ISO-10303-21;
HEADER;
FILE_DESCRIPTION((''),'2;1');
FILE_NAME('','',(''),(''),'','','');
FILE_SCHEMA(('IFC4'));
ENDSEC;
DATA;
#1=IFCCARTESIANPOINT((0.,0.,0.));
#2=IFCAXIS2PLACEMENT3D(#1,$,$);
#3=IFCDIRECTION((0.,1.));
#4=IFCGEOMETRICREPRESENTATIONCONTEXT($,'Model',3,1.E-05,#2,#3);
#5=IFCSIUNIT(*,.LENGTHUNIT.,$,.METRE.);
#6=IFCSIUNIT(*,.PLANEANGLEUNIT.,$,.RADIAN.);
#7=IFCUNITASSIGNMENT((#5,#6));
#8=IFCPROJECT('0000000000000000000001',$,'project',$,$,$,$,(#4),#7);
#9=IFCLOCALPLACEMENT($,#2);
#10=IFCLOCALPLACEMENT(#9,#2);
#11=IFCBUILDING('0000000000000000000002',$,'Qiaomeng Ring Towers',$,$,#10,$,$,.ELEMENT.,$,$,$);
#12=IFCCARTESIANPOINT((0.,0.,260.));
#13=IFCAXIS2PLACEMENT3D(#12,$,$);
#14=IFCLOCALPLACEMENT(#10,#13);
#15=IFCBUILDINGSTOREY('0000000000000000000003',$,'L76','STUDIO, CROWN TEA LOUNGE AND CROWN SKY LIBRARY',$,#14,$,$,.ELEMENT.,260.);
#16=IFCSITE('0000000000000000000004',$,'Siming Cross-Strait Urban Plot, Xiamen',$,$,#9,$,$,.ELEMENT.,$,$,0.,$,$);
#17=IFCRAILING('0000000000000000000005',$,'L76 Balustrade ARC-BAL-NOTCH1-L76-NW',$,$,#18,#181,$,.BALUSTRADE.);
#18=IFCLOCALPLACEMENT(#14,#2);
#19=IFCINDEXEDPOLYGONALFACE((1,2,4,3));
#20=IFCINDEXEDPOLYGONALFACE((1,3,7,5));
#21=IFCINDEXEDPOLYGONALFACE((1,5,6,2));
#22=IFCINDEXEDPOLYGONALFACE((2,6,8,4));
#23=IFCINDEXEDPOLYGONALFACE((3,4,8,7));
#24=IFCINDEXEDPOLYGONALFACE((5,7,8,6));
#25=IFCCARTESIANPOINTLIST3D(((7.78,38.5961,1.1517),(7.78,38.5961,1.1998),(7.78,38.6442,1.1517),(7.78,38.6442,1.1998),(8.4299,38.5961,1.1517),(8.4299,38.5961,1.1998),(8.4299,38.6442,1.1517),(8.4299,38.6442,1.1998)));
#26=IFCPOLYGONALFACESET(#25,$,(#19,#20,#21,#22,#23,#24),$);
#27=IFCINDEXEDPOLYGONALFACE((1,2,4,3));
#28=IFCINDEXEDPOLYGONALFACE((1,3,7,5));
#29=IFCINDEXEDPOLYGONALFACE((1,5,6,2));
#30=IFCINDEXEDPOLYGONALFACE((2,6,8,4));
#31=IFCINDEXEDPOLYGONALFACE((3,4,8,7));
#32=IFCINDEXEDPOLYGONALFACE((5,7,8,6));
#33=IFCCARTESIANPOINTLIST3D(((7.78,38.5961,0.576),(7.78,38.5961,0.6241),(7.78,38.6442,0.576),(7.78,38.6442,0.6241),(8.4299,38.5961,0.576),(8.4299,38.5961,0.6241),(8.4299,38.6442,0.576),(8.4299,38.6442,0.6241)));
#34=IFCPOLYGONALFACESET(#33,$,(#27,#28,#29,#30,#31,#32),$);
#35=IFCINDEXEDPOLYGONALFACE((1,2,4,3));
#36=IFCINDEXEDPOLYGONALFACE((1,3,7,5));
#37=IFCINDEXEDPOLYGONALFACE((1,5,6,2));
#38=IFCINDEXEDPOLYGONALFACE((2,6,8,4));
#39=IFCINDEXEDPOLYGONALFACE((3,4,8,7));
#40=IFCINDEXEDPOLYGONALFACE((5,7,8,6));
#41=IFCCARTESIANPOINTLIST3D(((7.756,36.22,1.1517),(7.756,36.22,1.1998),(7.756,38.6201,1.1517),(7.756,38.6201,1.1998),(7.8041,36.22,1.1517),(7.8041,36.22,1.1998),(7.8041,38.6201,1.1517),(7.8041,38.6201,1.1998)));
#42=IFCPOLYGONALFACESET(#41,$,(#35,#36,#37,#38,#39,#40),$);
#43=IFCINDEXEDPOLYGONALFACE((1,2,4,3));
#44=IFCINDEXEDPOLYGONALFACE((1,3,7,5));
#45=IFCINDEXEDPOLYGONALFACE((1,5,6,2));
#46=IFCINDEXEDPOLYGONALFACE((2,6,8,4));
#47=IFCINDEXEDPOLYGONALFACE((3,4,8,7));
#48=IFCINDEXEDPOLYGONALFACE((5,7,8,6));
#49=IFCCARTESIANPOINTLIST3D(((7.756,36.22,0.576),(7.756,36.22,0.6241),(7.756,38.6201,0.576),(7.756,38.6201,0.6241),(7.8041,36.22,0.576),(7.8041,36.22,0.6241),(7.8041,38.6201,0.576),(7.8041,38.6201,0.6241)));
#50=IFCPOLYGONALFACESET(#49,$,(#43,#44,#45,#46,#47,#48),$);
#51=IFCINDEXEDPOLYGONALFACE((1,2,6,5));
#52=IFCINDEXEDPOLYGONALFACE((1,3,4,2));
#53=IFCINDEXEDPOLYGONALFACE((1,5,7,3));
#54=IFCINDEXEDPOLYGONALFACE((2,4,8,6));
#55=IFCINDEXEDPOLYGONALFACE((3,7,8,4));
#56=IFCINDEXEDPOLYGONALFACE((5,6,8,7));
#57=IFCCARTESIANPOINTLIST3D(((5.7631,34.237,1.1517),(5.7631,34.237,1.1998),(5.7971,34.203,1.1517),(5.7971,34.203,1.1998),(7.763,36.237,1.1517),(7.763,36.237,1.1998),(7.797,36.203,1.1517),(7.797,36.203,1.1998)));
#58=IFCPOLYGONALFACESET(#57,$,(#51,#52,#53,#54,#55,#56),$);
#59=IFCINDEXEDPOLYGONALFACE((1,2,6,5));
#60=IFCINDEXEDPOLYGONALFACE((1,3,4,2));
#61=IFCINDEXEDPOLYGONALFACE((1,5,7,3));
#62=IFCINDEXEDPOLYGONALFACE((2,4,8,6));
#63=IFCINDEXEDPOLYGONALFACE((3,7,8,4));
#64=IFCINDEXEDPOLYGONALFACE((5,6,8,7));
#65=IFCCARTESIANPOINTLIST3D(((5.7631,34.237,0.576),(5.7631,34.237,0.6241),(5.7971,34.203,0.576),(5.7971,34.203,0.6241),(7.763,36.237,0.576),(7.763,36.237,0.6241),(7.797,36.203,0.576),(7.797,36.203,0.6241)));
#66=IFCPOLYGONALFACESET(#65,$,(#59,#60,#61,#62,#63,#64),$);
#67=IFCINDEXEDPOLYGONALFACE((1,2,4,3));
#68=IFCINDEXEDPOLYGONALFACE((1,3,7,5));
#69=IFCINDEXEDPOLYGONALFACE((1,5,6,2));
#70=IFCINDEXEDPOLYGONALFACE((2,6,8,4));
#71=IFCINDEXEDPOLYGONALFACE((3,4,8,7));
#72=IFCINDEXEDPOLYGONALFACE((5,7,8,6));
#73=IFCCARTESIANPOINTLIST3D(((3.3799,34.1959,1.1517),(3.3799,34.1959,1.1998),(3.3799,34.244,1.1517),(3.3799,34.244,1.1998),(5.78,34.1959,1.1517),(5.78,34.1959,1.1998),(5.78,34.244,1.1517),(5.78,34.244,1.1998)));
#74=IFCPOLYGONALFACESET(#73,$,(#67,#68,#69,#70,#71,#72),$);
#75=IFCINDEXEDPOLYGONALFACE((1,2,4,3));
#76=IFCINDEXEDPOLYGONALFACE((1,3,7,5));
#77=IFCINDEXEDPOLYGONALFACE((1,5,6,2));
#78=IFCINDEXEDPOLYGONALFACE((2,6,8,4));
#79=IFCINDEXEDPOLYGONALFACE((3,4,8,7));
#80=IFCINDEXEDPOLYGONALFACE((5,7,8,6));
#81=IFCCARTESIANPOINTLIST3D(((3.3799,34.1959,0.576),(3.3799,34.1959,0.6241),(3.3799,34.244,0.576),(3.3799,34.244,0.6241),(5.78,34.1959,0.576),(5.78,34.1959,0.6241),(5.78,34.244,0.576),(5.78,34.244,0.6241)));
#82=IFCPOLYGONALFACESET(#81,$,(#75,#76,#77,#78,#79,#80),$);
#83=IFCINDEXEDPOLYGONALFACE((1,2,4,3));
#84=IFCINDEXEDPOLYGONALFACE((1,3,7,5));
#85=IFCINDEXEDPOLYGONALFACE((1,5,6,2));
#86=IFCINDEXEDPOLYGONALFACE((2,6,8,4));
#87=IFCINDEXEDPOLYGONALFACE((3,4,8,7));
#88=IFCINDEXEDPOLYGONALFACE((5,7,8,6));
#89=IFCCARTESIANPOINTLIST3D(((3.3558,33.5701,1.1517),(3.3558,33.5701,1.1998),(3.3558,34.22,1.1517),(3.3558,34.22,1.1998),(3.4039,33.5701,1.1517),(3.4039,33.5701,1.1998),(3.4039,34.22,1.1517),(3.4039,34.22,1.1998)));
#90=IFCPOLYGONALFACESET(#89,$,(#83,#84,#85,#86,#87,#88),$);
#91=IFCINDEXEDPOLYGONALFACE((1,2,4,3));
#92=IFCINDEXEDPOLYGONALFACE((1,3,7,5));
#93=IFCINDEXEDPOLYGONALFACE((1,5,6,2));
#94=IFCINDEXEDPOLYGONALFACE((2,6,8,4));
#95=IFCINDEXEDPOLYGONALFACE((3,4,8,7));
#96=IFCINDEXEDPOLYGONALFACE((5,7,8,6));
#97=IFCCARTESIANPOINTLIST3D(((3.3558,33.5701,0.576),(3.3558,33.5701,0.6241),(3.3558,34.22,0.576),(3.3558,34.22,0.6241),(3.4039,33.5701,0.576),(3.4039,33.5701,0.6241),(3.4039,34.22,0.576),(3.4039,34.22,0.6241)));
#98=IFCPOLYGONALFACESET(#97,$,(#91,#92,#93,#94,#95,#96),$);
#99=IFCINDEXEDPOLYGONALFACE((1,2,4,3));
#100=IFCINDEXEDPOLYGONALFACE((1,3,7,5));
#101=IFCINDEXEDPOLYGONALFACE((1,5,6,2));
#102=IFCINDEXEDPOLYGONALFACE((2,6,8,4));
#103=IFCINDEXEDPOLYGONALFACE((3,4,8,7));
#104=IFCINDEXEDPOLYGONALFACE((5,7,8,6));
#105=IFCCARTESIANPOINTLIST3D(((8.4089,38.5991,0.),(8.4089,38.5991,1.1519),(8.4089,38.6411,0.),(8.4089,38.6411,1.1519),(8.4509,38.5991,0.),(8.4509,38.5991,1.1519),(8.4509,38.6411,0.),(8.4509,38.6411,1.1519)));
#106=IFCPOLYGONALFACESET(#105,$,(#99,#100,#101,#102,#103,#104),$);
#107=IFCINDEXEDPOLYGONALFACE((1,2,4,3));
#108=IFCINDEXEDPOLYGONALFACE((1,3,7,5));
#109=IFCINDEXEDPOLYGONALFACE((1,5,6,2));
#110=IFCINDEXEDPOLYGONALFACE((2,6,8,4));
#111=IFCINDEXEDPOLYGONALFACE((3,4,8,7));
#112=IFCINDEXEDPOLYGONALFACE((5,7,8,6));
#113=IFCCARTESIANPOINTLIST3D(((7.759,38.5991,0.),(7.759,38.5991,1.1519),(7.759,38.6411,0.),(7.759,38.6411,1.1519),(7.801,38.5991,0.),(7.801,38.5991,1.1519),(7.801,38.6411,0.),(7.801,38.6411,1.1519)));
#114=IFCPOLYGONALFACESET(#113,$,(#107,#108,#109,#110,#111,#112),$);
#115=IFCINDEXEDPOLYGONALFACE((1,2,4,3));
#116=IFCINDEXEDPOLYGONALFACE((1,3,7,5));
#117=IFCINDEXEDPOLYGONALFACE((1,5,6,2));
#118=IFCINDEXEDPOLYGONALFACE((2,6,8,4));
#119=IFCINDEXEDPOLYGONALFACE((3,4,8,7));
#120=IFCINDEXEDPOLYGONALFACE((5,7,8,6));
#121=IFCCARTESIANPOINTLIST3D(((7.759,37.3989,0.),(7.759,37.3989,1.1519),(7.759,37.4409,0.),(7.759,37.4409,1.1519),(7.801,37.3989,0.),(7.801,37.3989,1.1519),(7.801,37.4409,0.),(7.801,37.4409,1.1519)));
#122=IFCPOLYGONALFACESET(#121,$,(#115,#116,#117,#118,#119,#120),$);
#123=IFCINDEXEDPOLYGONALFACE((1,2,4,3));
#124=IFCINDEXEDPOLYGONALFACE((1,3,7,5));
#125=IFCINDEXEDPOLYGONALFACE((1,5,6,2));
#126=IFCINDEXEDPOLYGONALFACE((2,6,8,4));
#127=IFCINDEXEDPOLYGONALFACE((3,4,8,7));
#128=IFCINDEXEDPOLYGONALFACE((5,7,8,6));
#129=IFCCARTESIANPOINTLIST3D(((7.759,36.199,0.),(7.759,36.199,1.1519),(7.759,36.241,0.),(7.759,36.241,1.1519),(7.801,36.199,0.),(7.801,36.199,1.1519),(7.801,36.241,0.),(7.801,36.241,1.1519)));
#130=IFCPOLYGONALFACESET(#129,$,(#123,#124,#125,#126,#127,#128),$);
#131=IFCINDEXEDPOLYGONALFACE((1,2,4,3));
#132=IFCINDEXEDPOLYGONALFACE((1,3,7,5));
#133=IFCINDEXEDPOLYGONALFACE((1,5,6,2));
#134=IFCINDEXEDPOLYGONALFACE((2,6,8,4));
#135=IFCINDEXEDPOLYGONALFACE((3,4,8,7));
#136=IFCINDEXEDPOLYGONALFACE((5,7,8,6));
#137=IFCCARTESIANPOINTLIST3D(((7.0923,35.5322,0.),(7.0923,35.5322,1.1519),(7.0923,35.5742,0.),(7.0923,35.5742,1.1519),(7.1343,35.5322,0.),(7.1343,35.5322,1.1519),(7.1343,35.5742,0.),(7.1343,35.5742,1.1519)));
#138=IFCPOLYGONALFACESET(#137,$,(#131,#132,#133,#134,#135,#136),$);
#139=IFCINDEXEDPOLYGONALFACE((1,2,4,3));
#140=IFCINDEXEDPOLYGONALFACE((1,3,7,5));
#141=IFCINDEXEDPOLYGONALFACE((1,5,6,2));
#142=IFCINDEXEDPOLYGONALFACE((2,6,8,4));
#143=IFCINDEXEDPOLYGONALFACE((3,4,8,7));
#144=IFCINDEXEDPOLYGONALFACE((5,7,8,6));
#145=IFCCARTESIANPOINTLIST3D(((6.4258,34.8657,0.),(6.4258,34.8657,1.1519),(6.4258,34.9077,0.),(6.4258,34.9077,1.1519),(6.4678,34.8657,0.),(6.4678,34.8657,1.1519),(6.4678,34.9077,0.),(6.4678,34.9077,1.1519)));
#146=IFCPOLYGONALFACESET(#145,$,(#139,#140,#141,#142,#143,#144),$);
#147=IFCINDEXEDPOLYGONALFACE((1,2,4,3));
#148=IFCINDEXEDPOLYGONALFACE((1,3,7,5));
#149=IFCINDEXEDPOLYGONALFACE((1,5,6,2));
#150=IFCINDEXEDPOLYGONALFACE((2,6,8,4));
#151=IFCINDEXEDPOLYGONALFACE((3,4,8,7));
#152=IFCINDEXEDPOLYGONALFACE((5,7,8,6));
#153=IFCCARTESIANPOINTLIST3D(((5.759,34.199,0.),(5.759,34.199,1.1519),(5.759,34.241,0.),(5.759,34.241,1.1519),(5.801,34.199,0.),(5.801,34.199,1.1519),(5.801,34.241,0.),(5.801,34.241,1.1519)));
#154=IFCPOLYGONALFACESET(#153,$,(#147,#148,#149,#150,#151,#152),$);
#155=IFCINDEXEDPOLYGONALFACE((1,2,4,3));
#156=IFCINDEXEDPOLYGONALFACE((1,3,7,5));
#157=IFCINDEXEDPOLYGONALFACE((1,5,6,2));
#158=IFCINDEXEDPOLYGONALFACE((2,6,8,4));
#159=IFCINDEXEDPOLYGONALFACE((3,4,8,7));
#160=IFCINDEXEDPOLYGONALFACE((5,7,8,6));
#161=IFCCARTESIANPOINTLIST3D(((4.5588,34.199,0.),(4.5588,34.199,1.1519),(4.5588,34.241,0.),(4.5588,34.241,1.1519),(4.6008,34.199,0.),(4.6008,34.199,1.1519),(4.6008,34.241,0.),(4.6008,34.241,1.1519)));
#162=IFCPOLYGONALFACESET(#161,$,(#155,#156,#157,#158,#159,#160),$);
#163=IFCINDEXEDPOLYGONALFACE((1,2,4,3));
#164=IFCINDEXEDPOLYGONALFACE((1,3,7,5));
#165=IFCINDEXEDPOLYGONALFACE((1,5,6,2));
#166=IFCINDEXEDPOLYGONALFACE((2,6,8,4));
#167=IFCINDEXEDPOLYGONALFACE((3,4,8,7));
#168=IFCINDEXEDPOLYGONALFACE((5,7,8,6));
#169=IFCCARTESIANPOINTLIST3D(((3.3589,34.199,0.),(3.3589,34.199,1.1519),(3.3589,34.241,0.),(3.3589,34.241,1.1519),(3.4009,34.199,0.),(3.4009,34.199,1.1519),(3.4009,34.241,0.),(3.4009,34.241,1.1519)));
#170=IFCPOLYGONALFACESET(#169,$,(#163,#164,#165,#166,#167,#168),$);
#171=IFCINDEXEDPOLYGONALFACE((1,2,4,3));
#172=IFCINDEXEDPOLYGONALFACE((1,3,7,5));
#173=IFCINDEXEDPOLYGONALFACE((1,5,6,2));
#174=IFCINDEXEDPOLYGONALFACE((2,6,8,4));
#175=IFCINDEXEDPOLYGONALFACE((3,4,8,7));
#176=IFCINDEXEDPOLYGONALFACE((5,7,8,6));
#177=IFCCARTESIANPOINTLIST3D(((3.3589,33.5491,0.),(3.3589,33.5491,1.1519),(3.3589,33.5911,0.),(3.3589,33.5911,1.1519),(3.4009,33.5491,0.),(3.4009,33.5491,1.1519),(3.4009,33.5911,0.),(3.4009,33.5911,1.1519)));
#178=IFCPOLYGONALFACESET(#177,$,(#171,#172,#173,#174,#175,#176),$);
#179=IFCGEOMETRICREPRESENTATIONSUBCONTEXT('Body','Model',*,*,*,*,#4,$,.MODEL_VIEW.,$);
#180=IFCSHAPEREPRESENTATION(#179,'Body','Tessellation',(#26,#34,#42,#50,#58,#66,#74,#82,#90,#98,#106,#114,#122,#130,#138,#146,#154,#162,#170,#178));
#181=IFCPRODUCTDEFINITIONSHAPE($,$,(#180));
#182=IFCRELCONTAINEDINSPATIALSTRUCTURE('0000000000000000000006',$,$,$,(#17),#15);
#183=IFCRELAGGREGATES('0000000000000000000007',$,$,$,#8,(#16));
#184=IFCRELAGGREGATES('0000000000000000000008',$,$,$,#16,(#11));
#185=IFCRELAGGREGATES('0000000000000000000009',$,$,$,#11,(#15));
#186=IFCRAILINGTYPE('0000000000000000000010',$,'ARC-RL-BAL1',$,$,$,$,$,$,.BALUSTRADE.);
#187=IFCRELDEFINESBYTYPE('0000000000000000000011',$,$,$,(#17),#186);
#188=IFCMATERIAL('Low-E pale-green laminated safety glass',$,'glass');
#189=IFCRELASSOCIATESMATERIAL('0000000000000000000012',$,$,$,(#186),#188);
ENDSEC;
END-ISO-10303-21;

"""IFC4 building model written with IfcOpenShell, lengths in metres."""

from ifc_helpers import new_model, si_unit, direction, frame, origin, origin_2d, place, context, subcontext, project, spatial, rectangle, extrude, material, type_object, element, save


model = new_model("IFC4")

# Units and contexts
model_context = context("Model", 3, precision=1e-05, world=origin(), true_north=direction((0.0, 1.0)))
body_context = subcontext(model_context, "Body", "Model", "MODEL_VIEW")
ifc_project = project(units=[si_unit("LENGTHUNIT", "METRE"), si_unit("PLANEANGLEUNIT", "RADIAN")], contexts=[model_context])

# Site, building, storey
site_placement = place(None, origin())
site = spatial("IfcSite", under=ifc_project, at=site_placement, Name="Siming Cross-Strait Urban Plot, Xiamen", CompositionType="ELEMENT", RefElevation=0.0)
building_placement = place(site_placement, origin())
building = spatial("IfcBuilding", under=site, at=building_placement, Name="Qiaomeng Ring Towers", CompositionType="ELEMENT")
storey_placement = place(building_placement, frame((0.0, 0.0, 260.0)))
storey = spatial("IfcBuildingStorey", under=building, at=storey_placement, Name="L76", Description="STUDIO, CROWN TEA LOUNGE AND CROWN SKY LIBRARY", CompositionType="ELEMENT", Elevation=260.0)

# Railing
ifc_material_1 = material(Name="Low-E pale-green laminated safety glass", Category="glass")
railing_type = type_object("IfcRailingType", Name="ARC-RL-BAL1", PredefinedType="BALUSTRADE", material=ifc_material_1)
railing_placement = place(storey_placement, frame((8.4299, 38.6201, 0.0)))
element("IfcRailing", 1, at=railing_placement, inside=storey, type_object=railing_type, Name="L76 Balustrade ARC-BAL-NOTCH1-L76-NW", PredefinedType="BALUSTRADE", context=body_context, shape_type="SweptSolid", body=[
    extrude(rectangle(XDim=0.0481, YDim=0.0481, at=origin_2d()), frame((0.0, 0.0, 1.1758), z_axis=(-1.0, 0.0, 0.0), x_axis=(0.0, -1.0, 0.0)), (0.0, 0.0, 1.0), 0.6499),
    extrude(rectangle(XDim=0.0481, YDim=0.0481, at=origin_2d()), frame((0.0, 0.0, 0.6001), z_axis=(-1.0, 0.0, 0.0), x_axis=(0.0, -1.0, 0.0)), (0.0, 0.0, 1.0), 0.6499),
    extrude(rectangle(XDim=0.0481, YDim=0.0481, at=origin_2d()), frame((-0.6499, 0.0, 1.1758), z_axis=(0.0, -1.0, 0.0), x_axis=(1.0, 0.0, 0.0)), (0.0, 0.0, 1.0), 2.4001),
    extrude(rectangle(XDim=0.0481, YDim=0.0481, at=origin_2d()), frame((-0.6499, 0.0, 0.6001), z_axis=(0.0, -1.0, 0.0), x_axis=(1.0, 0.0, 0.0)), (0.0, 0.0, 1.0), 2.4001),
    extrude(rectangle(XDim=0.0481, YDim=0.0481, at=origin_2d()), frame((-0.6499, -2.4001, 1.1758), z_axis=(-0.707107, -0.707107, 0.0), x_axis=(0.707107, -0.707107, 0.0)), (0.0, 0.0, 1.0), 2.8284),
    extrude(rectangle(XDim=0.0481, YDim=0.0481, at=origin_2d()), frame((-0.6499, -2.4001, 0.6001), z_axis=(-0.707107, -0.707107, 0.0), x_axis=(0.707107, -0.707107, 0.0)), (0.0, 0.0, 1.0), 2.8284),
    extrude(rectangle(XDim=0.0481, YDim=0.0481, at=origin_2d()), frame((-2.6499, -4.4001, 1.1758), z_axis=(-1.0, 0.0, 0.0), x_axis=(0.0, -1.0, 0.0)), (0.0, 0.0, 1.0), 2.4001),
    extrude(rectangle(XDim=0.0481, YDim=0.0481, at=origin_2d()), frame((-2.6499, -4.4001, 0.6001), z_axis=(-1.0, 0.0, 0.0), x_axis=(0.0, -1.0, 0.0)), (0.0, 0.0, 1.0), 2.4001),
    extrude(rectangle(XDim=0.0481, YDim=0.0481, at=origin_2d()), frame((-5.05, -4.4001, 1.1758), z_axis=(0.0, -1.0, 0.0), x_axis=(1.0, 0.0, 0.0)), (0.0, 0.0, 1.0), 0.6499),
    extrude(rectangle(XDim=0.0481, YDim=0.0481, at=origin_2d()), frame((-5.05, -4.4001, 0.6001), z_axis=(0.0, -1.0, 0.0), x_axis=(1.0, 0.0, 0.0)), (0.0, 0.0, 1.0), 0.6499),
    extrude(rectangle(XDim=0.042, YDim=0.042, at=origin_2d()), origin(), (0.0, 0.0, 1.0), 1.1519),
    extrude(rectangle(XDim=0.042, YDim=0.042, at=origin_2d()), frame((-0.6499, 0.0, 0.0)), (0.0, 0.0, 1.0), 1.1519),
    extrude(rectangle(XDim=0.042, YDim=0.042, at=origin_2d()), frame((-0.6499, -1.2002, 0.0)), (0.0, 0.0, 1.0), 1.1519),
    extrude(rectangle(XDim=0.042, YDim=0.042, at=origin_2d()), frame((-0.6499, -2.4001, 0.0)), (0.0, 0.0, 1.0), 1.1519),
    extrude(rectangle(XDim=0.042, YDim=0.042, at=origin_2d()), frame((-1.3167, -3.0669, 0.0)), (0.0, 0.0, 1.0), 1.1519),
    extrude(rectangle(XDim=0.042, YDim=0.042, at=origin_2d()), frame((-1.9832, -3.7334, 0.0)), (0.0, 0.0, 1.0), 1.1519),
    extrude(rectangle(XDim=0.042, YDim=0.042, at=origin_2d()), frame((-2.6499, -4.4001, 0.0)), (0.0, 0.0, 1.0), 1.1519),
    extrude(rectangle(XDim=0.042, YDim=0.042, at=origin_2d()), frame((-3.8501, -4.4001, 0.0)), (0.0, 0.0, 1.0), 1.1519),
    extrude(rectangle(XDim=0.042, YDim=0.042, at=origin_2d()), frame((-5.05, -4.4001, 0.0)), (0.0, 0.0, 1.0), 1.1519),
    extrude(rectangle(XDim=0.042, YDim=0.042, at=origin_2d()), frame((-5.05, -5.05, 0.0)), (0.0, 0.0, 1.0), 1.1519),
])

save(model, "model.ifc")
